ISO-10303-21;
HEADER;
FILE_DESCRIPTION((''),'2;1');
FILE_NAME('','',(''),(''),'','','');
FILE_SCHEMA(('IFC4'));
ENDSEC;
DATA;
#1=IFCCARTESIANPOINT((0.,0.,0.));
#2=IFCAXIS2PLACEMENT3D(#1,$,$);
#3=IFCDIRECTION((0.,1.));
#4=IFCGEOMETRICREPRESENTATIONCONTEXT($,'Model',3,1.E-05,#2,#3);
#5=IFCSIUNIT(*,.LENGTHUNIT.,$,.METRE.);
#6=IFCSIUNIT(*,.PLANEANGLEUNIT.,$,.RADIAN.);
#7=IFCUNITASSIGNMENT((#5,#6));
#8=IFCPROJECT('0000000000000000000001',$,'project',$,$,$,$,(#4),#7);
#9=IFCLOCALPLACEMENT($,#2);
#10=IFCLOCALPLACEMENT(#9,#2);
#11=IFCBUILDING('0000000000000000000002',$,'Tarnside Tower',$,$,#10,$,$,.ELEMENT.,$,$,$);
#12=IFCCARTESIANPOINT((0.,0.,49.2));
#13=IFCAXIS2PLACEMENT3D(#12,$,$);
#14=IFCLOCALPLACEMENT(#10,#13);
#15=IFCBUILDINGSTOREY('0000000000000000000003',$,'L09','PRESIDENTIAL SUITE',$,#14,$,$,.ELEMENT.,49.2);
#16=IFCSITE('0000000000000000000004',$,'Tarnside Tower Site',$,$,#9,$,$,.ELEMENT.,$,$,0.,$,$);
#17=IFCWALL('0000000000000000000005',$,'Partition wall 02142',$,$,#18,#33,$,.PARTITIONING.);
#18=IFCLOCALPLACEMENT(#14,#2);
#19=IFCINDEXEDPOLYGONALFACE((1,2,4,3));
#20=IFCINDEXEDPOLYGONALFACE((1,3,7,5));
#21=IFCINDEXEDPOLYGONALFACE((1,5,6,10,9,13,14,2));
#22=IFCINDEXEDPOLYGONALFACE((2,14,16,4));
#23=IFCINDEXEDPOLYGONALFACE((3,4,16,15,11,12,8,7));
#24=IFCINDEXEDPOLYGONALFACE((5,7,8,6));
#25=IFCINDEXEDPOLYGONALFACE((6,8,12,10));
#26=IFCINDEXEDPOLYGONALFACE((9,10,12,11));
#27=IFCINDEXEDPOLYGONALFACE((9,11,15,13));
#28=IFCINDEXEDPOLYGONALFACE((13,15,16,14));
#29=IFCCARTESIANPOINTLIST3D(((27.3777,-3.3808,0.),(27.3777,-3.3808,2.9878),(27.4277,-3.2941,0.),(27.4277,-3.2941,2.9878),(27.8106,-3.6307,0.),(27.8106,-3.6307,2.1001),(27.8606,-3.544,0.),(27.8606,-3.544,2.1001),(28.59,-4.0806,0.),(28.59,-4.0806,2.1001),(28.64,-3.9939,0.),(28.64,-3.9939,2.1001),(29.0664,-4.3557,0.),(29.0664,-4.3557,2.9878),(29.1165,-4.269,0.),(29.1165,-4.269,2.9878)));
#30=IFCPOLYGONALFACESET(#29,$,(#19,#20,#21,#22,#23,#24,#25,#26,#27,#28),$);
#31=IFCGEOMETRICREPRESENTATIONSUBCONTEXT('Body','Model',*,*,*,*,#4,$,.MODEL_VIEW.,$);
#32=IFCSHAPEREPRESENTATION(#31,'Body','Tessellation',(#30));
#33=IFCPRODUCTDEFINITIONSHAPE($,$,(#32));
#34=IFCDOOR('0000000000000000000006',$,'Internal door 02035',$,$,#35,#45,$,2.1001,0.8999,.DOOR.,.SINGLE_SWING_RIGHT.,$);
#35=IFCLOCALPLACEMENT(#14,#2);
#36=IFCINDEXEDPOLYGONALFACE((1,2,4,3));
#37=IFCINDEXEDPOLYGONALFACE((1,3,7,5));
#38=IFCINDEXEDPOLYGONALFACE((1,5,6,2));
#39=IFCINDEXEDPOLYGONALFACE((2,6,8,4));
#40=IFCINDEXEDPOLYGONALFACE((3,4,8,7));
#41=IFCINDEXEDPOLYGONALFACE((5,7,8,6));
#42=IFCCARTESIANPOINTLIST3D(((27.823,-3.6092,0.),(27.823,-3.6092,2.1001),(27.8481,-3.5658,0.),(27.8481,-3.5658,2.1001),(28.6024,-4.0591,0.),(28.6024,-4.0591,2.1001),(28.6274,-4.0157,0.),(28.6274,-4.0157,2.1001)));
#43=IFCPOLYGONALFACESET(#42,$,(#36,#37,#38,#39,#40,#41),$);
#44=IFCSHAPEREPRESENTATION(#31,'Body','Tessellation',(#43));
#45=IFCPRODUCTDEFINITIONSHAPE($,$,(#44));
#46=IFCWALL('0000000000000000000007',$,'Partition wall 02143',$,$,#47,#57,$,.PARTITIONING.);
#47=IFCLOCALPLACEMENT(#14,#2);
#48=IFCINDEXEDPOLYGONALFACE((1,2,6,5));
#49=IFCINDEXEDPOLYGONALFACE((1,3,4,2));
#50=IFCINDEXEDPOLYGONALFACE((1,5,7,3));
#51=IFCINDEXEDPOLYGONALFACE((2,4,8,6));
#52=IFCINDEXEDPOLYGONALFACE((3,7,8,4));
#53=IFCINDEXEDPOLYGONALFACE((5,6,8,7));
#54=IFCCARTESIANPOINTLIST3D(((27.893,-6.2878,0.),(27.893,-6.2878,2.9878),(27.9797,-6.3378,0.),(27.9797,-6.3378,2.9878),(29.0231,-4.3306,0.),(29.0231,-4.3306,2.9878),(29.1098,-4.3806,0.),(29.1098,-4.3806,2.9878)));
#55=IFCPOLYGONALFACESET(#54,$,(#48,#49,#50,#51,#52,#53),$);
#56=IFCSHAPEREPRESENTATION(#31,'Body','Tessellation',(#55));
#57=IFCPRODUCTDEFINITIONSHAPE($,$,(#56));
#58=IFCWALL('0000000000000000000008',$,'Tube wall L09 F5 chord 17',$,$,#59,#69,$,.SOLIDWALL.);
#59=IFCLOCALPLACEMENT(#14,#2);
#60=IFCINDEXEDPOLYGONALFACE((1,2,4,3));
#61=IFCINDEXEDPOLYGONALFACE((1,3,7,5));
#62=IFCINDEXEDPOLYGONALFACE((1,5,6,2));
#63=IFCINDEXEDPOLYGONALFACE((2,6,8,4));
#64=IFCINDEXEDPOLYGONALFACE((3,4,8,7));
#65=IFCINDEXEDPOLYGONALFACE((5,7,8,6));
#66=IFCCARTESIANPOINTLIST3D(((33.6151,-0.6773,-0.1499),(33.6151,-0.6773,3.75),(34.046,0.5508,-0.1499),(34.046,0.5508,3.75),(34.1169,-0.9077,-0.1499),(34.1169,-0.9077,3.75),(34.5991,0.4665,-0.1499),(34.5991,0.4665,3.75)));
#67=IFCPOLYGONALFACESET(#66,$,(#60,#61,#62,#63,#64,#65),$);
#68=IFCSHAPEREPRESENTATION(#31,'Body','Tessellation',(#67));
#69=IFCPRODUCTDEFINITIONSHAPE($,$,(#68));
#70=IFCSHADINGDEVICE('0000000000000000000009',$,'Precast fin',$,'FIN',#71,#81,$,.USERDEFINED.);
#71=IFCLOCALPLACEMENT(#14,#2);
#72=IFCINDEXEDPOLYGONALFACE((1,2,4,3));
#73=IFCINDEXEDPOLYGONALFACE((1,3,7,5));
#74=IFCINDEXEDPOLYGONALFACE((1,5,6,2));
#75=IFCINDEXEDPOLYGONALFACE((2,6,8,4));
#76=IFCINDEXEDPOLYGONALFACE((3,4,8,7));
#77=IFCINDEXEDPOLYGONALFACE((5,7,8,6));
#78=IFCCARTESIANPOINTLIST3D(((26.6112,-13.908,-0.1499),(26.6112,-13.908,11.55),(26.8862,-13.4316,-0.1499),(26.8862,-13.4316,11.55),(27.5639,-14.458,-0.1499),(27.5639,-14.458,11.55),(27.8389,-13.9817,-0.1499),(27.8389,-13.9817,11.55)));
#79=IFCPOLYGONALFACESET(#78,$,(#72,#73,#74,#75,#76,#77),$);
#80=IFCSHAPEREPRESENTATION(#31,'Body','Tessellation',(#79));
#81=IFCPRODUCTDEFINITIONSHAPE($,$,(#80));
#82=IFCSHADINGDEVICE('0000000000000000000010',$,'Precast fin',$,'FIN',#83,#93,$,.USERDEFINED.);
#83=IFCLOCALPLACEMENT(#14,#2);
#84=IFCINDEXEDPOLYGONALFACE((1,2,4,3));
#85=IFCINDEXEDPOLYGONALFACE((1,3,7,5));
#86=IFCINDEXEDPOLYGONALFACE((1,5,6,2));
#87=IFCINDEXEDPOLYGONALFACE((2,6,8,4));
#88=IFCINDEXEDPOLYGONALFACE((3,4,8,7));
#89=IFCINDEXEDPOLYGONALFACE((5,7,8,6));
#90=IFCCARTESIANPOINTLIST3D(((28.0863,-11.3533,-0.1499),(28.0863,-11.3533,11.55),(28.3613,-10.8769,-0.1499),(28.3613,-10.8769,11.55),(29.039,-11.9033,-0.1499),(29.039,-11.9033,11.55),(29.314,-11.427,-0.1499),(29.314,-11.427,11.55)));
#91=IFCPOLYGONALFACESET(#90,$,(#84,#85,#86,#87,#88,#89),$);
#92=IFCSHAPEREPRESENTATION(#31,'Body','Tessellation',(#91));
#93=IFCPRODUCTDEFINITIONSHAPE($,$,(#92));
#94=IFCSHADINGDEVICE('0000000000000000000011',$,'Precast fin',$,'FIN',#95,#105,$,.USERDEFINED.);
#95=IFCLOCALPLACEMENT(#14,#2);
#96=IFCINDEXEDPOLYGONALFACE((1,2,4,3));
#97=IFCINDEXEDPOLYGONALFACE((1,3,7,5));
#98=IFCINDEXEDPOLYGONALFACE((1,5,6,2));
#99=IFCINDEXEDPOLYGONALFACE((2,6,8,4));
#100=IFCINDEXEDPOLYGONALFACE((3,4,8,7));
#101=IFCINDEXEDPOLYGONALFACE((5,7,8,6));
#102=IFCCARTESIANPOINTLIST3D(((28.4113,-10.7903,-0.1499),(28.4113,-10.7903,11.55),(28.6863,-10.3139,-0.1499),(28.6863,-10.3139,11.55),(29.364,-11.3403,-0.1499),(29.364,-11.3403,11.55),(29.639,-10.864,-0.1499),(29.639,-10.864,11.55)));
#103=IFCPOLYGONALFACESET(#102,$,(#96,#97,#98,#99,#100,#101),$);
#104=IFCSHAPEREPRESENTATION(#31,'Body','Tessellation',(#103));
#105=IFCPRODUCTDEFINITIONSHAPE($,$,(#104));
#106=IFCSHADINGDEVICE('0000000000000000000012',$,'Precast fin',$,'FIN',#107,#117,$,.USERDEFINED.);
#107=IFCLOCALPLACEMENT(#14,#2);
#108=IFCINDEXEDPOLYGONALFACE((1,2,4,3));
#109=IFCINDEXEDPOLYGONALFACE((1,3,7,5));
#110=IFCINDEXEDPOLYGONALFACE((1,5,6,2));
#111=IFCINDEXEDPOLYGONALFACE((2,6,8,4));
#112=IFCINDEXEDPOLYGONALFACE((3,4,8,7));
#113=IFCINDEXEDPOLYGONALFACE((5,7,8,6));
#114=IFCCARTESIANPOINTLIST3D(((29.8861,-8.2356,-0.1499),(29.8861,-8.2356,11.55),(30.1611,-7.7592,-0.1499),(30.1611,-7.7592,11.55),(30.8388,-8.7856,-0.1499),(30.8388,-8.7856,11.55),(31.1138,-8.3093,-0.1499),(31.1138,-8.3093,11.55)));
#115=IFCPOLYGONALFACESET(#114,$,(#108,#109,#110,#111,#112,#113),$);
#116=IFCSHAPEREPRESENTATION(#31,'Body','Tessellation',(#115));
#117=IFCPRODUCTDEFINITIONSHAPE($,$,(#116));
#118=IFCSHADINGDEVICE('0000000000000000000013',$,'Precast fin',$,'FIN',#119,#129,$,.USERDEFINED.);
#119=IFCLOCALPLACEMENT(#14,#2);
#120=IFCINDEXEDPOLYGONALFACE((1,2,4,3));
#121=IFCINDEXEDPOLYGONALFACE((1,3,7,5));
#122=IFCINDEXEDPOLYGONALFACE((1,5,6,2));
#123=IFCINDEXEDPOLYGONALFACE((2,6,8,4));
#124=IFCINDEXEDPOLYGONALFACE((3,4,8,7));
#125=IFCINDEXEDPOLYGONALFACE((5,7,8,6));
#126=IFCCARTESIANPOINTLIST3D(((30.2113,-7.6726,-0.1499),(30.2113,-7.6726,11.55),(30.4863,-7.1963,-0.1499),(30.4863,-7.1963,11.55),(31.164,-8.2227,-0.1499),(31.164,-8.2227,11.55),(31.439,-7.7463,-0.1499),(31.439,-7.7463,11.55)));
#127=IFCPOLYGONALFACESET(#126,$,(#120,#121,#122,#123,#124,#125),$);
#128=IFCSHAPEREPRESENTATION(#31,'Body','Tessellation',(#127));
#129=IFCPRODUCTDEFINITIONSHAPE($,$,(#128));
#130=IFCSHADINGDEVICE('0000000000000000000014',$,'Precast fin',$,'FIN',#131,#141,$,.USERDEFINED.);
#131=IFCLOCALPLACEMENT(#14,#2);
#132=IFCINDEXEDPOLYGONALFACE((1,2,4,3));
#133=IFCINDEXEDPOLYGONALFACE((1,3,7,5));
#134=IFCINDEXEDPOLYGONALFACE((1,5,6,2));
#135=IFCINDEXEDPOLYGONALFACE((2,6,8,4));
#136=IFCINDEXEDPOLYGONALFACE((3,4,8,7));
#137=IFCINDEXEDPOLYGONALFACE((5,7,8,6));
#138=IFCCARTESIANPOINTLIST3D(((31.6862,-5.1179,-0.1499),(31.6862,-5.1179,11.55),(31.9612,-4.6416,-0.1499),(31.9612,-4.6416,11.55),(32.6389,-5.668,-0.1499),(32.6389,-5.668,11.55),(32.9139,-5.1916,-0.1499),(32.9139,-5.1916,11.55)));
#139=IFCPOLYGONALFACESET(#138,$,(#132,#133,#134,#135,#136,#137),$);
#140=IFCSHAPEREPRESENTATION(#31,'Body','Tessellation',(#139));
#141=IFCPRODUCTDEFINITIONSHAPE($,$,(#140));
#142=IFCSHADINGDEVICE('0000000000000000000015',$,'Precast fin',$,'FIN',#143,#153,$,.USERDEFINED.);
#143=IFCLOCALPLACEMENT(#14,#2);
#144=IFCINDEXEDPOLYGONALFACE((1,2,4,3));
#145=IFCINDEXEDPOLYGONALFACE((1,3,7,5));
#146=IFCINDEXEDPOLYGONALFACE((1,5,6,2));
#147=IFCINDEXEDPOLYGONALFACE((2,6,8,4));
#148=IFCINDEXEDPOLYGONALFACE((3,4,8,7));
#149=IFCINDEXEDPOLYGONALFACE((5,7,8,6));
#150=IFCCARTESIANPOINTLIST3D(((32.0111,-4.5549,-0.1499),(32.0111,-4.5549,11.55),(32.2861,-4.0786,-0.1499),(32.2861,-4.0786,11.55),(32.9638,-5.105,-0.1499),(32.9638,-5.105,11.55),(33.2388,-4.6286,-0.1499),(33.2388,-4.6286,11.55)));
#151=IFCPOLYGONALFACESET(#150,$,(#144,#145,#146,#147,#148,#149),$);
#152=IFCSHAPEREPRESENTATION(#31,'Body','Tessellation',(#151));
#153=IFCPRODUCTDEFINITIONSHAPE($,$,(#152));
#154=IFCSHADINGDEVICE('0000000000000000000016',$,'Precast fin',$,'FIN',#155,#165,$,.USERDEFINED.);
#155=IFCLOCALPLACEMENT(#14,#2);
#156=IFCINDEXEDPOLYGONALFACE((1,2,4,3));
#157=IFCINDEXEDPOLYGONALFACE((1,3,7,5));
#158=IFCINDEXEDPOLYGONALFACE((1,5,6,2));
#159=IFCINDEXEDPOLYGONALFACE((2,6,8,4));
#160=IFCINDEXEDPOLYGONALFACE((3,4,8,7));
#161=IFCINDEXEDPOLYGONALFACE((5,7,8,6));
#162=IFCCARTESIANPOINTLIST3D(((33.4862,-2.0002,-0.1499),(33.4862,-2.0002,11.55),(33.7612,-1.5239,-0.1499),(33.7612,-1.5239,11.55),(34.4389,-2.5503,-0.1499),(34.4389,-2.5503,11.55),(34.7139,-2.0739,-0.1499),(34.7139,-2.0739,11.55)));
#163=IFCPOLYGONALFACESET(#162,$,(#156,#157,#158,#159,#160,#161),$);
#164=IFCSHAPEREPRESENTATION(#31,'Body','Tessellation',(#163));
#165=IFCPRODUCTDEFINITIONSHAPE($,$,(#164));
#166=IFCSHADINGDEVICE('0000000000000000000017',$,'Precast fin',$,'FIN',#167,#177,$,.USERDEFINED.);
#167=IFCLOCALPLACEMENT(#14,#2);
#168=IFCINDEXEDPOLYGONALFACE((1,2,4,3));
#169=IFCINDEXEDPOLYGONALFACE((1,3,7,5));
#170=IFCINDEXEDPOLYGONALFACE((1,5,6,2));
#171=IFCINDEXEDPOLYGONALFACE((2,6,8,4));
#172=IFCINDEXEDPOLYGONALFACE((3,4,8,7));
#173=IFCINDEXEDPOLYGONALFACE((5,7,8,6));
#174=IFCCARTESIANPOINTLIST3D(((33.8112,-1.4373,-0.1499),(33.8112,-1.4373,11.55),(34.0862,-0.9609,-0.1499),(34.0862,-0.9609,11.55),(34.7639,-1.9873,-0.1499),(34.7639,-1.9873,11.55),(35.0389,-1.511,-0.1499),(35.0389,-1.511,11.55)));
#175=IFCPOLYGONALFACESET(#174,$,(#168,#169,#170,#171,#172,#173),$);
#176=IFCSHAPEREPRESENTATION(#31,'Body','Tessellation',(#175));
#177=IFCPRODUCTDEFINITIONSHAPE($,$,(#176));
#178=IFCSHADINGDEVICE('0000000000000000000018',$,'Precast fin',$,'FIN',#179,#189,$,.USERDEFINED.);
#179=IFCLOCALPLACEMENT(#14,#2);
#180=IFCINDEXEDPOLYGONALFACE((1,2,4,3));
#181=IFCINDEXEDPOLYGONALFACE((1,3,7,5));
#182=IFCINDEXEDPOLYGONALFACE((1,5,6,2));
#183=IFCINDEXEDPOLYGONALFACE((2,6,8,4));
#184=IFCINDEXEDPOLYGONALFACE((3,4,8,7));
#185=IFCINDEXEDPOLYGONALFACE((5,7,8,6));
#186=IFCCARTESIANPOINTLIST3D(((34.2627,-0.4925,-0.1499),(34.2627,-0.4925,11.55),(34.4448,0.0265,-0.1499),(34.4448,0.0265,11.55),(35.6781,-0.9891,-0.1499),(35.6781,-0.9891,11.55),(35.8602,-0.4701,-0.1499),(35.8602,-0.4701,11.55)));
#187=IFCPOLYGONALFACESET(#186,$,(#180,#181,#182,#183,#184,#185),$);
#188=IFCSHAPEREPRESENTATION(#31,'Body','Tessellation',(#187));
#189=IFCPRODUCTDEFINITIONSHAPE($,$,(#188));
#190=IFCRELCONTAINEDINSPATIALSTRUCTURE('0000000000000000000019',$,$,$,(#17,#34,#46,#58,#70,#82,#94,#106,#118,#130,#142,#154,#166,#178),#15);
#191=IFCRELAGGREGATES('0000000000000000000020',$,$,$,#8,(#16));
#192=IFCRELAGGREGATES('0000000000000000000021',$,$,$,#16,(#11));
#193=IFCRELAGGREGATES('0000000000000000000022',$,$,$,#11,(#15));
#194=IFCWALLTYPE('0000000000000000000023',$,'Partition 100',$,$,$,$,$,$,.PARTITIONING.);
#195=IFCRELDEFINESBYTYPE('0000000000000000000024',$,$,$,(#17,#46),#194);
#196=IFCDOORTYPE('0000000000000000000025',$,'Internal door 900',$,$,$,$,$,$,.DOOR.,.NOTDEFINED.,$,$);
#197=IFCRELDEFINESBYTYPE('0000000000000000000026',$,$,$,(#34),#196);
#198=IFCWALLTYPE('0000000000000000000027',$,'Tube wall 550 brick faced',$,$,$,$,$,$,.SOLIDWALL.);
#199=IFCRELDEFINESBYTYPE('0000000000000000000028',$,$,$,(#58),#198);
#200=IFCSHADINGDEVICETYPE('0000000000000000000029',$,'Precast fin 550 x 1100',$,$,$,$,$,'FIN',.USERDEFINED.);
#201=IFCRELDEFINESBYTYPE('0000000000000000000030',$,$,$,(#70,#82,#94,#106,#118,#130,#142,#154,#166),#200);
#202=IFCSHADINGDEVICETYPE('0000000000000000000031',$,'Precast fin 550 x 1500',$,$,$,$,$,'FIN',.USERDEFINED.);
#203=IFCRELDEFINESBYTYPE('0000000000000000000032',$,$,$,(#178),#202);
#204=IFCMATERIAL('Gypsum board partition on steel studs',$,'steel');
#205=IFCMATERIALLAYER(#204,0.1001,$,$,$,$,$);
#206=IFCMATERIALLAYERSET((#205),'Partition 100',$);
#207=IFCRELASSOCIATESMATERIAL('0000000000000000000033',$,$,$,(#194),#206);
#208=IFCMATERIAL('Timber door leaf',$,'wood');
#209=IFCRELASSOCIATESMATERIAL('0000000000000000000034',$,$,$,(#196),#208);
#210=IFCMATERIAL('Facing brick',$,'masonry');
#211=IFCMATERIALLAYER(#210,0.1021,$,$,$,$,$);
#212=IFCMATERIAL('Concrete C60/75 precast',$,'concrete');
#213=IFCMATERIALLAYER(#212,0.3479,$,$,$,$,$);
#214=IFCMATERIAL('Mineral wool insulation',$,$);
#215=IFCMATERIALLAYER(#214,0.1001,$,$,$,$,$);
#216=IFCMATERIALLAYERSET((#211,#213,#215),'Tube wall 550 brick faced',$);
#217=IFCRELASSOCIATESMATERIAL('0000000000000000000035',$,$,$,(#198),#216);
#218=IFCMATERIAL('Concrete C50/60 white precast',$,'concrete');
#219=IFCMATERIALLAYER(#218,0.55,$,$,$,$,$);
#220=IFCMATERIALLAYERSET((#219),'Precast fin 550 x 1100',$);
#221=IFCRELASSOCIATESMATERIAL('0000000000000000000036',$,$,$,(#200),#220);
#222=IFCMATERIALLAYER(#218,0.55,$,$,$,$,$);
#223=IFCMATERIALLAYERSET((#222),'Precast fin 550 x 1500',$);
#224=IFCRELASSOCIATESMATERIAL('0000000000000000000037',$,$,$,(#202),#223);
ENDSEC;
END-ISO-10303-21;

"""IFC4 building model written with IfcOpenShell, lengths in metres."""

from ifc_helpers import new_model, si_unit, direction, frame, frame_2d, origin, place, context, subcontext, project, spatial, polyline, rectangle, outline, extrude, material, layer, layer_set, type_object, element, fill, save


model = new_model("IFC4")

# Units and contexts
model_context = context("Model", 3, precision=1e-05, world=origin(), true_north=direction((0.0, 1.0)))
body_context = subcontext(model_context, "Body", "Model", "MODEL_VIEW")
ifc_project = project(units=[si_unit("LENGTHUNIT", "METRE"), si_unit("PLANEANGLEUNIT", "RADIAN")], contexts=[model_context])

# Site, building, storey
site_placement = place(None, origin())
site = spatial("IfcSite", under=ifc_project, at=site_placement, Name="Tarnside Tower Site", CompositionType="ELEMENT", RefElevation=0.0)
building_placement = place(site_placement, origin())
building = spatial("IfcBuilding", under=site, at=building_placement, Name="Tarnside Tower", CompositionType="ELEMENT")
storey_placement = place(building_placement, frame((0.0, 0.0, 49.2)))
storey = spatial("IfcBuildingStorey", under=building, at=storey_placement, Name="L09", Description="PRESIDENTIAL SUITE", CompositionType="ELEMENT", Elevation=49.2)

# Shared definitions
ifc_material_1 = material(Name="Gypsum board partition on steel studs", Category="steel")

# Shared definitions
ifc_material_2 = material(Name="Timber door leaf", Category="wood")

# Shared definitions
ifc_layer_1 = layer(ifc_material_1, 0.1001)
ifc_layer_set_1 = layer_set([ifc_layer_1], Name="Partition 100")
wall_type_1 = type_object("IfcWallType", Name="Partition 100", PredefinedType="PARTITIONING", material=ifc_layer_set_1)

# Wall, opening, door
wall_1_placement = place(storey_placement, frame((27.4026, -3.3374, 0.0), z_axis=(0.0, 0.0, 1.0), x_axis=(0.866054, -0.49995, 0.0)))
wall_1 = element("IfcWall", 1, at=wall_1_placement, inside=storey, type_object=wall_type_1, Name="Partition wall 02142", PredefinedType="PARTITIONING", context=body_context, shape_type="SweptSolid", body=[
    extrude(rectangle(XDim=1.95, YDim=0.1001, at=frame_2d((0.9751, 0.0))), origin(), (0.0, 0.0, 1.0), 2.9878),
])
opening_1_placement = place(wall_1_placement, frame((0.5, 0.0, 0.0)))
opening_1 = element("IfcOpeningElement", 2, at=opening_1_placement, cuts=wall_1, PredefinedType="OPENING", context=body_context, shape_type="SweptSolid", body=[
    extrude(rectangle(XDim=0.8999, YDim=2.1001, at=frame_2d((0.45, 1.05))), frame((0.0, 0.0601, 0.0), z_axis=(0.0, -1.0, 0.0), x_axis=(1.0, 0.0, 0.0)), (0.0, 0.0, 1.0), 0.1201),
])
door_type_1 = type_object("IfcDoorType", Name="Internal door 900", OperationType="NOTDEFINED", PredefinedType="DOOR", material=ifc_material_2)
door_1_placement = place(opening_1_placement, origin())
door_1 = element("IfcDoor", 3, at=door_1_placement, inside=storey, type_object=door_type_1, Name="Internal door 02035", OperationType="SINGLE_SWING_RIGHT", OverallHeight=2.1001, OverallWidth=0.8999, PredefinedType="DOOR", context=body_context, shape_type="SweptSolid", body=[
    extrude(rectangle(XDim=0.8999, YDim=2.1001, at=frame_2d((0.45, 1.05))), frame((0.0, 0.0249, 0.0), z_axis=(0.0, -1.0, 0.0), x_axis=(1.0, 0.0, 0.0)), (0.0, 0.0, 1.0), 0.05),
])
fill(opening_1, door_1)

# Walls
wall_2_placement = place(storey_placement, frame((29.0664, -4.3557, 0.0), z_axis=(0.0, 0.0, 1.0), x_axis=(-0.500031, -0.866007, 0.0)))
element("IfcWall", 4, at=wall_2_placement, inside=storey, type_object=wall_type_1, Name="Partition wall 02143", PredefinedType="PARTITIONING", context=body_context, shape_type="SweptSolid", body=[
    extrude(rectangle(XDim=2.26, YDim=0.1001, at=frame_2d((1.1299, 0.0))), origin(), (0.0, 0.0, 1.0), 2.9878),
])
ifc_material_3 = material(Name="Facing brick", Category="masonry")
ifc_layer_2 = layer(ifc_material_3, 0.1021)
ifc_material_4 = material(Name="Concrete C60/75 precast", Category="concrete")
ifc_layer_3 = layer(ifc_material_4, 0.3479)
ifc_material_5 = material(Name="Mineral wool insulation")
ifc_layer_4 = layer(ifc_material_5, 0.1001)
ifc_layer_set_2 = layer_set([ifc_layer_2, ifc_layer_3, ifc_layer_4], Name="Tube wall 550 brick faced")
wall_type_2 = type_object("IfcWallType", Name="Tube wall 550 brick faced", PredefinedType="SOLIDWALL", material=ifc_layer_set_2)
wall_3_placement = place(storey_placement, frame((33.866, -0.7925, -0.1499), z_axis=(0.0, 0.0, 1.0), x_axis=(0.331115, 0.94359, 0.0)))
element("IfcWall", 5, at=wall_3_placement, inside=storey, type_object=wall_type_2, Name="Tube wall L09 F5 chord 17", PredefinedType="SOLIDWALL", context=body_context, shape_type="SweptSolid", body=[
    extrude(outline(polyline([(-0.0256, -0.2749), (1.4307, -0.2749), (1.3271, 0.2749), (0.0256, 0.2749), (-0.0256, -0.2749)])), origin(), (0.0, 0.0, 1.0), 3.8999),
])

# Shading devices
ifc_material_6 = material(Name="Concrete C50/60 white precast", Category="concrete")
ifc_layer_5 = layer(ifc_material_6, 0.55)
ifc_layer_set_3 = layer_set([ifc_layer_5], Name="Precast fin 550 x 1100")
shading_device_type_1 = type_object("IfcShadingDeviceType", Name="Precast fin 550 x 1100", ElementType="FIN", PredefinedType="USERDEFINED", material=ifc_layer_set_3)
for number, where, z_axis, x_axis, name in (
    (6, (26.7488, -13.6697, -0.1499), (-0.5, -0.866025, 0.0), (0.866025, -0.5, 0.0), "Precast fin"),
    (7, (28.2239, -11.115, -0.1499), (-0.5, -0.866025, 0.0), (0.866025, -0.5, 0.0), "Precast fin"),
    (8, (28.5488, -10.552, -0.1499), (-0.5, -0.866025, 0.0), (0.866025, -0.5, 0.0), "Precast fin"),
    (9, (30.0237, -7.9973, -0.1499), (-0.5, -0.866025, 0.0), (0.866025, -0.5, 0.0), "Precast fin"),
    (10, (30.3489, -7.4343, -0.1499), (-0.5, -0.866025, 0.0), (0.866025, -0.5, 0.0), "Precast fin"),
    (11, (31.8237, -4.8796, -0.1499), (-0.5, -0.866025, 0.0), (0.866025, -0.5, 0.0), "Precast fin"),
    (12, (32.1487, -4.3167, -0.1499), (-0.5, -0.866025, 0.0), (0.866025, -0.5, 0.0), "Precast fin"),
    (13, (33.6238, -1.762, -0.1499), (-0.5, -0.866025, 0.0), (0.866025, -0.5, 0.0), "Precast fin"),
    (14, (33.9487, -1.199, -0.1499), (-0.5, -0.866025, 0.0), (0.866025, -0.5, 0.0), "Precast fin"),
):
    element("IfcShadingDevice", number, at=place(storey_placement, frame(where, z_axis=z_axis, x_axis=x_axis)), inside=storey, type_object=shading_device_type_1, Name=name, ObjectType="FIN", PredefinedType="USERDEFINED", context=body_context, shape_type="SweptSolid", body=[
        extrude(outline(polyline([(0.0, 0.0), (1.1001, 0.0), (1.1001, 11.7), (0.0, 11.7), (0.0, 0.0)])), frame((0.0, 0.0, -0.2749)), (0.0, 0.0, 1.0), 0.55),
    ])
ifc_layer_6 = layer(ifc_material_6, 0.55)
ifc_layer_set_4 = layer_set([ifc_layer_6], Name="Precast fin 550 x 1500")
shading_device_type_2 = type_object("IfcShadingDeviceType", Name="Precast fin 550 x 1500", ElementType="FIN", PredefinedType="USERDEFINED", material=ifc_layer_set_4)
shading_device_placement = place(storey_placement, frame((34.3538, -0.2329, -0.1499), z_axis=(-0.331063, -0.943609, 0.0), x_axis=(0.943609, -0.331063, 0.0)))
element("IfcShadingDevice", 15, at=shading_device_placement, inside=storey, type_object=shading_device_type_2, Name="Precast fin", ObjectType="FIN", PredefinedType="USERDEFINED", context=body_context, shape_type="SweptSolid", body=[
    extrude(outline(polyline([(0.0, 0.0), (1.5, 0.0), (1.5, 11.7), (0.0, 11.7), (0.0, 0.0)])), frame((0.0, 0.0, -0.2749)), (0.0, 0.0, 1.0), 0.55),
])

save(model, "model.ifc")
